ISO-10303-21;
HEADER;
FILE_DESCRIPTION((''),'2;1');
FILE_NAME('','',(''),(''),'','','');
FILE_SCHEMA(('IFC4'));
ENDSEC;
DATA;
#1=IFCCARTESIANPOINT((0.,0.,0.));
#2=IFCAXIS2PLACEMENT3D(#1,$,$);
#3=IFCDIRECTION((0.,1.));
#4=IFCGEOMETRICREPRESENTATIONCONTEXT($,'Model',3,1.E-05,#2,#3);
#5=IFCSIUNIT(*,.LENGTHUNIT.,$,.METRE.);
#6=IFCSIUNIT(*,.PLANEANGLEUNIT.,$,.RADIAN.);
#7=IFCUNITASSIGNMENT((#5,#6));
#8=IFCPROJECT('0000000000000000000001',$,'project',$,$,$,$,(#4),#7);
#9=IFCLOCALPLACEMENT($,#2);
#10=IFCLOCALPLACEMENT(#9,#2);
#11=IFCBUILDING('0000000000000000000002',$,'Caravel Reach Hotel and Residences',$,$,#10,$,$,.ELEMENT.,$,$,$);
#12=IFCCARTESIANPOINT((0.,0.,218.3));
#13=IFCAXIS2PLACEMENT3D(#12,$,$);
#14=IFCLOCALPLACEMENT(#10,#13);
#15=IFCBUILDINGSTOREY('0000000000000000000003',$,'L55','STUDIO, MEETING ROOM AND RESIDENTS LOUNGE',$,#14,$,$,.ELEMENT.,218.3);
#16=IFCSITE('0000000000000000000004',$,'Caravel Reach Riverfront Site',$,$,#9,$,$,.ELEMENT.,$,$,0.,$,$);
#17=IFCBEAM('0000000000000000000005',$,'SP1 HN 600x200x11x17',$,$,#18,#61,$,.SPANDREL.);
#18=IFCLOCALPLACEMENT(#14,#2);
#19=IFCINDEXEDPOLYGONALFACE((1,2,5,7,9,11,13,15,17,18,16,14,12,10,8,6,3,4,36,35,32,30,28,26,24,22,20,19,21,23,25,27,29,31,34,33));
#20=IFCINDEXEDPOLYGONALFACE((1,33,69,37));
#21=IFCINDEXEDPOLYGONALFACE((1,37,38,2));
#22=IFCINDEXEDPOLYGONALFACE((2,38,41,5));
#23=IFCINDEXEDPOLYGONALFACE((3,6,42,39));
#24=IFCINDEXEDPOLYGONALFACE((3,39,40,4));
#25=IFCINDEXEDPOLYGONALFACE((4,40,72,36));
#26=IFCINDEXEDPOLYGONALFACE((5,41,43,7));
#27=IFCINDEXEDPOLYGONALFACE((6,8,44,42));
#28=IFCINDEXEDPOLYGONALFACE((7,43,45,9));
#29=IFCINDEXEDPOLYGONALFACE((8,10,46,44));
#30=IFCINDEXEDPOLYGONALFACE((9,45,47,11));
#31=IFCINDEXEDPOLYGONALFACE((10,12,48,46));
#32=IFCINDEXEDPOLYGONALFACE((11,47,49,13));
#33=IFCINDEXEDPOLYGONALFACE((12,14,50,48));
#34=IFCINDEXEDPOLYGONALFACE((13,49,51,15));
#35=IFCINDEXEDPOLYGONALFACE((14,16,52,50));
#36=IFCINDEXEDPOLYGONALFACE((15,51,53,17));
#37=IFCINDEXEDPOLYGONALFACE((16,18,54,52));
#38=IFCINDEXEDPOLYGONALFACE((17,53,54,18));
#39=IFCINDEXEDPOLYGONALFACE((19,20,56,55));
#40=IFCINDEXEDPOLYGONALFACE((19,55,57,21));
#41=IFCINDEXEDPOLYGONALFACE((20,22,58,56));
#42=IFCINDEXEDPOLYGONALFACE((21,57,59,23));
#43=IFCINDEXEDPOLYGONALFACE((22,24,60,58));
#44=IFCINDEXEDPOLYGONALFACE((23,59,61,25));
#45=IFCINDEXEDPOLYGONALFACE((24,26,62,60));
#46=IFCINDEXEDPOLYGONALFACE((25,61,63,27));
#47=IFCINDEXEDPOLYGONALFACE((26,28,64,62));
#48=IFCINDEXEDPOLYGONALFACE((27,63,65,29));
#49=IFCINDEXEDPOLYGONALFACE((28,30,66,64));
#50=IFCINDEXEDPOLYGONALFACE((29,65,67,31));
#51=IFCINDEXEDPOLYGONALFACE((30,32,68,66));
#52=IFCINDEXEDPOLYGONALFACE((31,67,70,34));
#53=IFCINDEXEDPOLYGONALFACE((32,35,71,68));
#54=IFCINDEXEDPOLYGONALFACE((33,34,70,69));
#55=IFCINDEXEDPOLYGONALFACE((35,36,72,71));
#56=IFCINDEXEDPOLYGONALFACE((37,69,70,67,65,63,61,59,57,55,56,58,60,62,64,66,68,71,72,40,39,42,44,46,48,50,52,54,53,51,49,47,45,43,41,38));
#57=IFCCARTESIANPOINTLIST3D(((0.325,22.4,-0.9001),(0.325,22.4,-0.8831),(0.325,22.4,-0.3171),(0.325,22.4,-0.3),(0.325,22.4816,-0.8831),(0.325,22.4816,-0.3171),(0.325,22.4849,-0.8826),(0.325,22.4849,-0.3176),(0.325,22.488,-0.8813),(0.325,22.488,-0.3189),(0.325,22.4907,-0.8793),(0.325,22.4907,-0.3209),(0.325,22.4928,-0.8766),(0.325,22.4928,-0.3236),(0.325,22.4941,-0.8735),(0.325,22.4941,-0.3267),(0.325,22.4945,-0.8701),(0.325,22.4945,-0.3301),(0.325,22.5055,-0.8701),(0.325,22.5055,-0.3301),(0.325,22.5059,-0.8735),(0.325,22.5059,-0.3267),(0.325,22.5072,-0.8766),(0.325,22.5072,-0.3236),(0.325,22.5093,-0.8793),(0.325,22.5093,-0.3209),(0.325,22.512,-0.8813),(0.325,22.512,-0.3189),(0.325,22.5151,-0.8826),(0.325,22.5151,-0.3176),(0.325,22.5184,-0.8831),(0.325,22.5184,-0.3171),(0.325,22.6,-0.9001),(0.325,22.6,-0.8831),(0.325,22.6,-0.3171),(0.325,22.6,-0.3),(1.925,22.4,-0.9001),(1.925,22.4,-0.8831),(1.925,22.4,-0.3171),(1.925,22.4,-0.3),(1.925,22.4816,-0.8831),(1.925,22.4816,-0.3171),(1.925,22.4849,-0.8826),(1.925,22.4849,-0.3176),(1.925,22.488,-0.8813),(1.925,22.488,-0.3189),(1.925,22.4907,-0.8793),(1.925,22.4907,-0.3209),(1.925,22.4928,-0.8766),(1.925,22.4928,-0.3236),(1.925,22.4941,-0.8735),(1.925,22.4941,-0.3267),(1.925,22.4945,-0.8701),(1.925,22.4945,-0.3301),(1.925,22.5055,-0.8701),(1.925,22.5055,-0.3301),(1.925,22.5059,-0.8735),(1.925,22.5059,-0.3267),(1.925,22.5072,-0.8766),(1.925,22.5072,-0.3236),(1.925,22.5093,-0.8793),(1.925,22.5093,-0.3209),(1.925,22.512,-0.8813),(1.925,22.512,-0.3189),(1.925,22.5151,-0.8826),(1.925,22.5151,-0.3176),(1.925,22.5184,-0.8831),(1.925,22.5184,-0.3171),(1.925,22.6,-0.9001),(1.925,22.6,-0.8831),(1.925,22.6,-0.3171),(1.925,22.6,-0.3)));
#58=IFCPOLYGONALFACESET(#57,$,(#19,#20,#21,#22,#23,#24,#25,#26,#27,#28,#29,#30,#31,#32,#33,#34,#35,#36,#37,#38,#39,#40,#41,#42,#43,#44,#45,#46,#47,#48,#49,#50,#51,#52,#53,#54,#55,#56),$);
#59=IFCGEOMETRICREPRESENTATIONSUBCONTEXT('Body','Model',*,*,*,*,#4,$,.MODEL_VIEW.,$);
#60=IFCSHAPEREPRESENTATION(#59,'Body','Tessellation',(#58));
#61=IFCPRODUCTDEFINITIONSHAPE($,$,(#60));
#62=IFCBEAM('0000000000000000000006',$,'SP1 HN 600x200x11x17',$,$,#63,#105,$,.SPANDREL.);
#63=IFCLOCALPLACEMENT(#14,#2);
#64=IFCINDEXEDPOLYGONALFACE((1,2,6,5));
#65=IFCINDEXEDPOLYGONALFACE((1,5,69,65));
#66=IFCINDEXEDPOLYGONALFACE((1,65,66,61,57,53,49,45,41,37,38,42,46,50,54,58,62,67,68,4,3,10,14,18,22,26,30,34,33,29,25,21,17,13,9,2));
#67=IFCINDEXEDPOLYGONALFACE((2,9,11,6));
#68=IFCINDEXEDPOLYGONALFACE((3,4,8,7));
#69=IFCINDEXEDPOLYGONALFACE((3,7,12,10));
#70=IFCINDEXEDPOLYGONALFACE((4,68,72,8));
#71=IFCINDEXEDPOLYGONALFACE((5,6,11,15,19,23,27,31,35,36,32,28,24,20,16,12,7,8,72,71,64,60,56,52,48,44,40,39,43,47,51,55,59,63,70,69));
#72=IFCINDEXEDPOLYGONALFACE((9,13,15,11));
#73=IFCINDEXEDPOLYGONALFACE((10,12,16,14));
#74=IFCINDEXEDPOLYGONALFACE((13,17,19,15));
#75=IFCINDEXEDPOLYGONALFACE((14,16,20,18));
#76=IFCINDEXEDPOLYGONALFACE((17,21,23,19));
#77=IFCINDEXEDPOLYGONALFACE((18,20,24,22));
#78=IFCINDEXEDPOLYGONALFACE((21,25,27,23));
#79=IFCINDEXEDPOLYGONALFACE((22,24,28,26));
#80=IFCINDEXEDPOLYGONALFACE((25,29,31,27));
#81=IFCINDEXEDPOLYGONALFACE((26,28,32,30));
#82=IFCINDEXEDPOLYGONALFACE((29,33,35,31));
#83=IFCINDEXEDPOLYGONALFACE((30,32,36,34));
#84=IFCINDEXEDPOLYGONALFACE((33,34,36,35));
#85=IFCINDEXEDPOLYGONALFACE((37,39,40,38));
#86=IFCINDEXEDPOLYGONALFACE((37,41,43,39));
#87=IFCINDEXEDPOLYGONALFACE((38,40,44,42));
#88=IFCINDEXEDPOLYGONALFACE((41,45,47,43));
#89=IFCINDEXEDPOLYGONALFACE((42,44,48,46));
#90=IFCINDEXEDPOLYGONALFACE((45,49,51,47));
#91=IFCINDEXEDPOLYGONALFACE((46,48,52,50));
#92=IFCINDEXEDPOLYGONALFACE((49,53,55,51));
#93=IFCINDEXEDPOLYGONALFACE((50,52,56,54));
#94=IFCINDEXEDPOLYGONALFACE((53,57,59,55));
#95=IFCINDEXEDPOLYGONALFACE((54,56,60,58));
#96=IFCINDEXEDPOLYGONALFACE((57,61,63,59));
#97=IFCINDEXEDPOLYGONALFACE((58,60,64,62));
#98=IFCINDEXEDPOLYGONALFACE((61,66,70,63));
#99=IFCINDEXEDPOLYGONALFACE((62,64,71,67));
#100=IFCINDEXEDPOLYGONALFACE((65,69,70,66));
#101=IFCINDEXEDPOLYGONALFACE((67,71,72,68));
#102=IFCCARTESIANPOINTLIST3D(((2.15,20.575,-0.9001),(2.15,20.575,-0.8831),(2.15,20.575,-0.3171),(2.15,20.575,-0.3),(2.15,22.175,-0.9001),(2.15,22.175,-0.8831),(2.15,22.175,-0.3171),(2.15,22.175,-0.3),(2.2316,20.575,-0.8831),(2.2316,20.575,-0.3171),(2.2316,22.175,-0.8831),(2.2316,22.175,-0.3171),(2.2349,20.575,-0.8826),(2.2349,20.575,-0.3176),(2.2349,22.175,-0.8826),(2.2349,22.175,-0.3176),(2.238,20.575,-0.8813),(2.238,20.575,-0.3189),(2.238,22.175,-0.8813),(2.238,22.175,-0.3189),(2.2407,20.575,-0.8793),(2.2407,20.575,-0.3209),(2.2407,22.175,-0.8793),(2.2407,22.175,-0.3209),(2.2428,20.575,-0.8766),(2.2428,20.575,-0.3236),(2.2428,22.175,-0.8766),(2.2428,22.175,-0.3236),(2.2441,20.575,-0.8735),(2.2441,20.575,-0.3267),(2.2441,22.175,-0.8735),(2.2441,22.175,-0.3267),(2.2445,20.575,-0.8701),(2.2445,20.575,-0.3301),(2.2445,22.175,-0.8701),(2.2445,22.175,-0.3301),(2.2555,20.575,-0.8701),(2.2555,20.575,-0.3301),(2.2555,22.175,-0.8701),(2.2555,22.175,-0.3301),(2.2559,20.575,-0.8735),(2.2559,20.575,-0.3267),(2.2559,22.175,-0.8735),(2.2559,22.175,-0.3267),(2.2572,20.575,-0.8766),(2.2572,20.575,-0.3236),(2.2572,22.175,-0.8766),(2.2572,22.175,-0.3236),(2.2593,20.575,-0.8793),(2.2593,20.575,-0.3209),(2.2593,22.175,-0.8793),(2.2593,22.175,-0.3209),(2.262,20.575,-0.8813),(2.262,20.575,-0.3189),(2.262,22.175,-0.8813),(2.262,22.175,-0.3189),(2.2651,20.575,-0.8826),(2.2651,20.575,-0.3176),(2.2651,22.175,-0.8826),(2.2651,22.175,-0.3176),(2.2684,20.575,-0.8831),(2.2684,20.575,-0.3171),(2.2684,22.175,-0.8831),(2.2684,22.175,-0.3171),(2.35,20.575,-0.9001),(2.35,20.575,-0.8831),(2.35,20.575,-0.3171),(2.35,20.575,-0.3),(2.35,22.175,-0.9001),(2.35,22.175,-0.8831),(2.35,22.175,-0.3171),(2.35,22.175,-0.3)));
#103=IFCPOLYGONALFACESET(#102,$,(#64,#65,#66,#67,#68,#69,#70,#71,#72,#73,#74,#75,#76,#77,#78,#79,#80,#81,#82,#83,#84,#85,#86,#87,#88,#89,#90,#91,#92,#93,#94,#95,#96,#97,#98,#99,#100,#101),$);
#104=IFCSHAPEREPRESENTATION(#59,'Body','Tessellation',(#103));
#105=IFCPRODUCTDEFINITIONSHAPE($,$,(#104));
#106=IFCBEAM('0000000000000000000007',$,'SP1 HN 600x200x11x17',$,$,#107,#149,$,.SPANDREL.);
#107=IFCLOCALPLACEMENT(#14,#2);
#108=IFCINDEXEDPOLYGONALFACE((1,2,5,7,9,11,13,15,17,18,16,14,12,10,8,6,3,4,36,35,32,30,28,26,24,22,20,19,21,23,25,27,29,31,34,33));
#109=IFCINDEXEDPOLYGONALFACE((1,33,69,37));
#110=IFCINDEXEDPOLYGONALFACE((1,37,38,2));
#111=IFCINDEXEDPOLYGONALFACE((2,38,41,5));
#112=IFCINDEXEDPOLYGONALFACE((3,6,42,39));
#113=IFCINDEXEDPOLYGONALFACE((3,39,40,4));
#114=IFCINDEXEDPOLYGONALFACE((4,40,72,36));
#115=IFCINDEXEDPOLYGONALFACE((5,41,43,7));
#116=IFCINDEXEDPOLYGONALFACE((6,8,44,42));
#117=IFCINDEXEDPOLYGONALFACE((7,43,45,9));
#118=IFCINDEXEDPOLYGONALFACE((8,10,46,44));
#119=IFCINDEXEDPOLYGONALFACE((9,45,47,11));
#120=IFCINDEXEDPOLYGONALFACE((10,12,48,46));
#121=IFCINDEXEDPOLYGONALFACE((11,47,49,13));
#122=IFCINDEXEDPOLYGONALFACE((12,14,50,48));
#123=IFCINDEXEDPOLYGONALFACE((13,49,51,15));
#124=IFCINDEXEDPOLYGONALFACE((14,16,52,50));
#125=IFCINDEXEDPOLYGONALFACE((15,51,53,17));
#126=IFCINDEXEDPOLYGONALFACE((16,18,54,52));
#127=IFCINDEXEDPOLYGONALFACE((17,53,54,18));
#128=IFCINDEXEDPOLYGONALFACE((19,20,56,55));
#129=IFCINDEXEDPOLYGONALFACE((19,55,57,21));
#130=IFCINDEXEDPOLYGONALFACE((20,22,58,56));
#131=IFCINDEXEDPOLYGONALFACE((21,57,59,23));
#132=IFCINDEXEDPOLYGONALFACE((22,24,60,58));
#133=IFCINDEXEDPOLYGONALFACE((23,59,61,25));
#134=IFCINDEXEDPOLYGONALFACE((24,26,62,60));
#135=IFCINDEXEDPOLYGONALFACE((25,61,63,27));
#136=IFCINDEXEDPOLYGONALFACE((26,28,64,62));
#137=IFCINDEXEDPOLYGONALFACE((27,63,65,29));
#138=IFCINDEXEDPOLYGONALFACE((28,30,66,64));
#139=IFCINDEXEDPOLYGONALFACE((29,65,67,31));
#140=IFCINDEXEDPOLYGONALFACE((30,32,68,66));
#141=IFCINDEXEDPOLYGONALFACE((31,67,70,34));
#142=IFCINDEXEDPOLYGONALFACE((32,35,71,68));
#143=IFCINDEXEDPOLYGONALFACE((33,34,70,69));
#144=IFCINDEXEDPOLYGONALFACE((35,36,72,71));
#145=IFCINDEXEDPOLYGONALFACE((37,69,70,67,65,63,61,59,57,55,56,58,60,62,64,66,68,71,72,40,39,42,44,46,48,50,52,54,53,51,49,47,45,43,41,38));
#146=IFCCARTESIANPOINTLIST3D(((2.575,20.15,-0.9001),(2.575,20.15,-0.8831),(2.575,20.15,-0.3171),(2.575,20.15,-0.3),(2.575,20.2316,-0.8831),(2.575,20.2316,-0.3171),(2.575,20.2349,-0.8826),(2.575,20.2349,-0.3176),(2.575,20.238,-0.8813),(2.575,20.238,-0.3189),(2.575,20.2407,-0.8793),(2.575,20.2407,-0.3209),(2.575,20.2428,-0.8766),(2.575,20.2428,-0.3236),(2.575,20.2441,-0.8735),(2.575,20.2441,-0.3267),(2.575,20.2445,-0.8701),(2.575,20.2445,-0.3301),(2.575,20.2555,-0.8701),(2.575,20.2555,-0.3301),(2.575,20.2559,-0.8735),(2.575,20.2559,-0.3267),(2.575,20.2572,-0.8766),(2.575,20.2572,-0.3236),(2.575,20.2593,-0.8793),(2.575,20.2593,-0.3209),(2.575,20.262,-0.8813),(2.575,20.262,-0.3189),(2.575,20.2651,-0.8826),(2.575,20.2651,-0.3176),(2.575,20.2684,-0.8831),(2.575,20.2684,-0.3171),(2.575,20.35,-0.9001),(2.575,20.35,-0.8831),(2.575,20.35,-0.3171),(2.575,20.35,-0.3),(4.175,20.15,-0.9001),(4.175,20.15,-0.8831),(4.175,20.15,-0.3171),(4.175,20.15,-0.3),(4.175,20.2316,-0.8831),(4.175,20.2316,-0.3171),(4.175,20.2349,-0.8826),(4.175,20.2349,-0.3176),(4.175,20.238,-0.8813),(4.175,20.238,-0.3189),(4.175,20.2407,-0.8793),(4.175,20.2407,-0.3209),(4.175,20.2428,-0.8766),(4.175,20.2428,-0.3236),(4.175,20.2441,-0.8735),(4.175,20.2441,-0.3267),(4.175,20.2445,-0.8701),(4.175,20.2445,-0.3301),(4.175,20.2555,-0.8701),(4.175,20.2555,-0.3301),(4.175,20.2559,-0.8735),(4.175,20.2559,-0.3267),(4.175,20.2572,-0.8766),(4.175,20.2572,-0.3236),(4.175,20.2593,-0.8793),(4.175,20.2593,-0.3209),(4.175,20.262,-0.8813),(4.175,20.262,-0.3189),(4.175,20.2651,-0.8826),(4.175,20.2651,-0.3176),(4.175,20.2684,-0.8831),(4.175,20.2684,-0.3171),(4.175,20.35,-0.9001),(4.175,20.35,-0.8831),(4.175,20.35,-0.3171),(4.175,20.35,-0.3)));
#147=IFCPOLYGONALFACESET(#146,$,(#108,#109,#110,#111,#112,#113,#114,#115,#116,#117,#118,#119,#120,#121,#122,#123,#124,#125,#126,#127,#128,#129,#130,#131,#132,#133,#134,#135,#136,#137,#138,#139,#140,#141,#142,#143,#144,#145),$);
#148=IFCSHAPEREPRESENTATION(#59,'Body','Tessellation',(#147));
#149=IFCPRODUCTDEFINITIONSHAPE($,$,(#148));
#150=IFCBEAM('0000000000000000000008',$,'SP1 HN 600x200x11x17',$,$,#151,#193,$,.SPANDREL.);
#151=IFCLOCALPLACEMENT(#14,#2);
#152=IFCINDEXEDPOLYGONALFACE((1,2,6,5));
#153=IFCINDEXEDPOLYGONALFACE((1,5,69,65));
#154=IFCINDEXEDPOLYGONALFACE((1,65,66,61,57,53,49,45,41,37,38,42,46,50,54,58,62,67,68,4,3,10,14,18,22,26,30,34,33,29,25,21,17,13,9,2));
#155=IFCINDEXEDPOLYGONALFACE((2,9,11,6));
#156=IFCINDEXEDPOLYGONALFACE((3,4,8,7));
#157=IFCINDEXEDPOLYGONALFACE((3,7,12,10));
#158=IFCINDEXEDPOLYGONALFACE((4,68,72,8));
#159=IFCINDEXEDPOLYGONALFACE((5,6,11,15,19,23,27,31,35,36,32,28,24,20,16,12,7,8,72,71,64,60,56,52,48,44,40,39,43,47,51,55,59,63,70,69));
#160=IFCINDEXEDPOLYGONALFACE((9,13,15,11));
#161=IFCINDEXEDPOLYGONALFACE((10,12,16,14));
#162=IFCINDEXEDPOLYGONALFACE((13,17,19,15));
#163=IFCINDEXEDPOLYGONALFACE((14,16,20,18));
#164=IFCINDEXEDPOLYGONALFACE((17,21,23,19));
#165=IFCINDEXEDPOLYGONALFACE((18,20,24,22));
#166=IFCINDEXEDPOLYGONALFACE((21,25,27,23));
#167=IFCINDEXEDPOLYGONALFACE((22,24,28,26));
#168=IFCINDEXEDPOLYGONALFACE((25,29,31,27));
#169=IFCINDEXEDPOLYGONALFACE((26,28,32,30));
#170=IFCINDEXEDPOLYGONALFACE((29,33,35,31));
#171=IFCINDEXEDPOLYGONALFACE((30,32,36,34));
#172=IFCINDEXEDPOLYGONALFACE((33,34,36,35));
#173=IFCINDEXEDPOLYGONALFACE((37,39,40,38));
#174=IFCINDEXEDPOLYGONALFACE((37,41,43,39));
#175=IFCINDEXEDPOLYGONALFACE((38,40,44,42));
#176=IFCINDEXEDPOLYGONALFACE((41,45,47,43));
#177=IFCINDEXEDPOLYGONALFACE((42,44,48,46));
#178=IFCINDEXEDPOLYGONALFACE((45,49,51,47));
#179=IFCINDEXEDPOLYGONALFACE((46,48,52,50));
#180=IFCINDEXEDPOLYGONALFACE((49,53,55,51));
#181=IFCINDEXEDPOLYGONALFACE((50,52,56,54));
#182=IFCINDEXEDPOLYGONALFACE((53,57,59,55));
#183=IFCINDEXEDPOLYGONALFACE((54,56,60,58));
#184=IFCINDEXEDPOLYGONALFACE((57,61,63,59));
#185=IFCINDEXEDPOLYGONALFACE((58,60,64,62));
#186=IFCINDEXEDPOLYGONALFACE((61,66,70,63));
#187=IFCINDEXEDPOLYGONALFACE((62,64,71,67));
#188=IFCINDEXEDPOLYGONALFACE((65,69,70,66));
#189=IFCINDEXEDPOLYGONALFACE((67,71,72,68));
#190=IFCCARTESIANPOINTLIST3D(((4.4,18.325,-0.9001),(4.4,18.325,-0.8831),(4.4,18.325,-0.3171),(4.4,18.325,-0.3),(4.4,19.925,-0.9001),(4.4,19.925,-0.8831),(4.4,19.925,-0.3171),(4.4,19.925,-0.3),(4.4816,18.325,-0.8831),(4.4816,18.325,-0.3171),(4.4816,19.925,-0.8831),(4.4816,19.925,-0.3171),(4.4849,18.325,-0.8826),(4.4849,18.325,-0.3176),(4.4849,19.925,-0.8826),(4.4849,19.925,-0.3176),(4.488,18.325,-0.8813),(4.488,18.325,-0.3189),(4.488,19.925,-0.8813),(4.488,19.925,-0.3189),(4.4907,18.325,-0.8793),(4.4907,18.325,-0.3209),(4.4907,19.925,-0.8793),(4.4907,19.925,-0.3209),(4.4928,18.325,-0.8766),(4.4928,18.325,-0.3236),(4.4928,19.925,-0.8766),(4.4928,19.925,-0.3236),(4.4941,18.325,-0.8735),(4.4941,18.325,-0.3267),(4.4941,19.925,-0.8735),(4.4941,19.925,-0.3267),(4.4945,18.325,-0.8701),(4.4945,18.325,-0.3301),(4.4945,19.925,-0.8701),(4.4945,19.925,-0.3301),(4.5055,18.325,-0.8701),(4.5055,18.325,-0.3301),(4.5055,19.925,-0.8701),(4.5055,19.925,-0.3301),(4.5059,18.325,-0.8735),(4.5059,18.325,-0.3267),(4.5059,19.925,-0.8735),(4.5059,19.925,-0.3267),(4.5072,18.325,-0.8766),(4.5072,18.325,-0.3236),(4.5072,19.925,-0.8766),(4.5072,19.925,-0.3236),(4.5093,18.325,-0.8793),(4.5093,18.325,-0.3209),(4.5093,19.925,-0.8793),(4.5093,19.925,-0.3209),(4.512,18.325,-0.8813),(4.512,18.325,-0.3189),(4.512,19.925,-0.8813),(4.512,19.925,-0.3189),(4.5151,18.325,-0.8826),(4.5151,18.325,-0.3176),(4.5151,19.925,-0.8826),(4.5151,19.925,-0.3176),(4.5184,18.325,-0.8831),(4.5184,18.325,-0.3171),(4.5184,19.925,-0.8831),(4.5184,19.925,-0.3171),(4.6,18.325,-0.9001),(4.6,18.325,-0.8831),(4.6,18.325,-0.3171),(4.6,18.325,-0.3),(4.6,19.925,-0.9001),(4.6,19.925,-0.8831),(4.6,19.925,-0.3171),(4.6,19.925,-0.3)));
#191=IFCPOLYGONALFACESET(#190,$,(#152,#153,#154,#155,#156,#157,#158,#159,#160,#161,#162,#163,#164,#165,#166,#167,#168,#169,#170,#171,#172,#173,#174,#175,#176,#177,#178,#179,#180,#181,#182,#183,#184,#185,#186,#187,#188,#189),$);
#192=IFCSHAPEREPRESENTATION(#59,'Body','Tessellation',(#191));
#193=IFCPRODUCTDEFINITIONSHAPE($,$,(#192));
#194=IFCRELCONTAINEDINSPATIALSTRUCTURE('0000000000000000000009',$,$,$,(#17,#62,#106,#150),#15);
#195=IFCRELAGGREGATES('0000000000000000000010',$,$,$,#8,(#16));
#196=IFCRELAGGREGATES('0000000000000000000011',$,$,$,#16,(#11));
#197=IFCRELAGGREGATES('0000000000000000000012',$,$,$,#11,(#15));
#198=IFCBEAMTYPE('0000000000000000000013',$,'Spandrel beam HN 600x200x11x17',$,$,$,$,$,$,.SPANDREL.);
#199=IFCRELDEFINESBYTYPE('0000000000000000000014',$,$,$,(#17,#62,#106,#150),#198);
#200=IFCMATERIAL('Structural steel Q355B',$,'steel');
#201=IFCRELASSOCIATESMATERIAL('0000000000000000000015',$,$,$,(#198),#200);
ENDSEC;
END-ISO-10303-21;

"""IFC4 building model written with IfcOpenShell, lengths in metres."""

from ifc_helpers import new_model, si_unit, direction, frame, origin, origin_2d, place, context, subcontext, project, spatial, i_section, extrude, material, material_profile, profile_set, type_object, element, save


model = new_model("IFC4")

# Units and contexts
model_context = context("Model", 3, precision=1e-05, world=origin(), true_north=direction((0.0, 1.0)))
body_context = subcontext(model_context, "Body", "Model", "MODEL_VIEW")
ifc_project = project(units=[si_unit("LENGTHUNIT", "METRE"), si_unit("PLANEANGLEUNIT", "RADIAN")], contexts=[model_context])

# Site, building, storey
site_placement = place(None, origin())
site = spatial("IfcSite", under=ifc_project, at=site_placement, Name="Caravel Reach Riverfront Site", CompositionType="ELEMENT", RefElevation=0.0)
building_placement = place(site_placement, origin())
building = spatial("IfcBuilding", under=site, at=building_placement, Name="Caravel Reach Hotel and Residences", CompositionType="ELEMENT")
storey_placement = place(building_placement, frame((0.0, 0.0, 218.3)))
storey = spatial("IfcBuildingStorey", under=building, at=storey_placement, Name="L55", Description="STUDIO, MEETING ROOM AND RESIDENTS LOUNGE", CompositionType="ELEMENT", Elevation=218.3)

# Beams
ifc_material_1 = material(Name="Structural steel Q355B", Category="steel")
ifc_material_profile_1 = material_profile(ifc_material_1, i_section(OverallWidth=0.2, OverallDepth=0.6001, WebThickness=0.011, FlangeThickness=0.0171, FilletRadius=0.0129, at=origin_2d()), Name="HN 600x200x11x17")
ifc_profile_set_1 = profile_set([ifc_material_profile_1], Name="Structural steel Q355B")
beam_type_1 = type_object("IfcBeamType", Name="Spandrel beam HN 600x200x11x17", PredefinedType="SPANDREL", material=ifc_profile_set_1)
for number, where, z_axis, x_axis, name in (
    (1, (0.325, 22.5, -0.6001), (1.0, 0.0, 0.0), (0.0, 1.0, 0.0), "SP1 HN 600x200x11x17"),
    (2, (2.25, 22.175, -0.6001), (0.0, -1.0, 0.0), (1.0, 0.0, 0.0), "SP1 HN 600x200x11x17"),
    (3, (2.575, 20.25, -0.6001), (1.0, 0.0, 0.0), (0.0, 1.0, 0.0), "SP1 HN 600x200x11x17"),
    (4, (4.5, 19.925, -0.6001), (0.0, -1.0, 0.0), (1.0, 0.0, 0.0), "SP1 HN 600x200x11x17"),
):
    element("IfcBeam", number, at=place(storey_placement, frame(where, z_axis=z_axis, x_axis=x_axis)), inside=storey, type_object=beam_type_1, Name=name, PredefinedType="SPANDREL", context=body_context, shape_type="SweptSolid", body=[
        extrude(i_section(OverallWidth=0.2, OverallDepth=0.6001, WebThickness=0.011, FlangeThickness=0.0171, FilletRadius=0.0129, at=origin_2d()), origin(), (0.0, 0.0, 1.0), 1.6001),
    ])

save(model, "model.ifc")
